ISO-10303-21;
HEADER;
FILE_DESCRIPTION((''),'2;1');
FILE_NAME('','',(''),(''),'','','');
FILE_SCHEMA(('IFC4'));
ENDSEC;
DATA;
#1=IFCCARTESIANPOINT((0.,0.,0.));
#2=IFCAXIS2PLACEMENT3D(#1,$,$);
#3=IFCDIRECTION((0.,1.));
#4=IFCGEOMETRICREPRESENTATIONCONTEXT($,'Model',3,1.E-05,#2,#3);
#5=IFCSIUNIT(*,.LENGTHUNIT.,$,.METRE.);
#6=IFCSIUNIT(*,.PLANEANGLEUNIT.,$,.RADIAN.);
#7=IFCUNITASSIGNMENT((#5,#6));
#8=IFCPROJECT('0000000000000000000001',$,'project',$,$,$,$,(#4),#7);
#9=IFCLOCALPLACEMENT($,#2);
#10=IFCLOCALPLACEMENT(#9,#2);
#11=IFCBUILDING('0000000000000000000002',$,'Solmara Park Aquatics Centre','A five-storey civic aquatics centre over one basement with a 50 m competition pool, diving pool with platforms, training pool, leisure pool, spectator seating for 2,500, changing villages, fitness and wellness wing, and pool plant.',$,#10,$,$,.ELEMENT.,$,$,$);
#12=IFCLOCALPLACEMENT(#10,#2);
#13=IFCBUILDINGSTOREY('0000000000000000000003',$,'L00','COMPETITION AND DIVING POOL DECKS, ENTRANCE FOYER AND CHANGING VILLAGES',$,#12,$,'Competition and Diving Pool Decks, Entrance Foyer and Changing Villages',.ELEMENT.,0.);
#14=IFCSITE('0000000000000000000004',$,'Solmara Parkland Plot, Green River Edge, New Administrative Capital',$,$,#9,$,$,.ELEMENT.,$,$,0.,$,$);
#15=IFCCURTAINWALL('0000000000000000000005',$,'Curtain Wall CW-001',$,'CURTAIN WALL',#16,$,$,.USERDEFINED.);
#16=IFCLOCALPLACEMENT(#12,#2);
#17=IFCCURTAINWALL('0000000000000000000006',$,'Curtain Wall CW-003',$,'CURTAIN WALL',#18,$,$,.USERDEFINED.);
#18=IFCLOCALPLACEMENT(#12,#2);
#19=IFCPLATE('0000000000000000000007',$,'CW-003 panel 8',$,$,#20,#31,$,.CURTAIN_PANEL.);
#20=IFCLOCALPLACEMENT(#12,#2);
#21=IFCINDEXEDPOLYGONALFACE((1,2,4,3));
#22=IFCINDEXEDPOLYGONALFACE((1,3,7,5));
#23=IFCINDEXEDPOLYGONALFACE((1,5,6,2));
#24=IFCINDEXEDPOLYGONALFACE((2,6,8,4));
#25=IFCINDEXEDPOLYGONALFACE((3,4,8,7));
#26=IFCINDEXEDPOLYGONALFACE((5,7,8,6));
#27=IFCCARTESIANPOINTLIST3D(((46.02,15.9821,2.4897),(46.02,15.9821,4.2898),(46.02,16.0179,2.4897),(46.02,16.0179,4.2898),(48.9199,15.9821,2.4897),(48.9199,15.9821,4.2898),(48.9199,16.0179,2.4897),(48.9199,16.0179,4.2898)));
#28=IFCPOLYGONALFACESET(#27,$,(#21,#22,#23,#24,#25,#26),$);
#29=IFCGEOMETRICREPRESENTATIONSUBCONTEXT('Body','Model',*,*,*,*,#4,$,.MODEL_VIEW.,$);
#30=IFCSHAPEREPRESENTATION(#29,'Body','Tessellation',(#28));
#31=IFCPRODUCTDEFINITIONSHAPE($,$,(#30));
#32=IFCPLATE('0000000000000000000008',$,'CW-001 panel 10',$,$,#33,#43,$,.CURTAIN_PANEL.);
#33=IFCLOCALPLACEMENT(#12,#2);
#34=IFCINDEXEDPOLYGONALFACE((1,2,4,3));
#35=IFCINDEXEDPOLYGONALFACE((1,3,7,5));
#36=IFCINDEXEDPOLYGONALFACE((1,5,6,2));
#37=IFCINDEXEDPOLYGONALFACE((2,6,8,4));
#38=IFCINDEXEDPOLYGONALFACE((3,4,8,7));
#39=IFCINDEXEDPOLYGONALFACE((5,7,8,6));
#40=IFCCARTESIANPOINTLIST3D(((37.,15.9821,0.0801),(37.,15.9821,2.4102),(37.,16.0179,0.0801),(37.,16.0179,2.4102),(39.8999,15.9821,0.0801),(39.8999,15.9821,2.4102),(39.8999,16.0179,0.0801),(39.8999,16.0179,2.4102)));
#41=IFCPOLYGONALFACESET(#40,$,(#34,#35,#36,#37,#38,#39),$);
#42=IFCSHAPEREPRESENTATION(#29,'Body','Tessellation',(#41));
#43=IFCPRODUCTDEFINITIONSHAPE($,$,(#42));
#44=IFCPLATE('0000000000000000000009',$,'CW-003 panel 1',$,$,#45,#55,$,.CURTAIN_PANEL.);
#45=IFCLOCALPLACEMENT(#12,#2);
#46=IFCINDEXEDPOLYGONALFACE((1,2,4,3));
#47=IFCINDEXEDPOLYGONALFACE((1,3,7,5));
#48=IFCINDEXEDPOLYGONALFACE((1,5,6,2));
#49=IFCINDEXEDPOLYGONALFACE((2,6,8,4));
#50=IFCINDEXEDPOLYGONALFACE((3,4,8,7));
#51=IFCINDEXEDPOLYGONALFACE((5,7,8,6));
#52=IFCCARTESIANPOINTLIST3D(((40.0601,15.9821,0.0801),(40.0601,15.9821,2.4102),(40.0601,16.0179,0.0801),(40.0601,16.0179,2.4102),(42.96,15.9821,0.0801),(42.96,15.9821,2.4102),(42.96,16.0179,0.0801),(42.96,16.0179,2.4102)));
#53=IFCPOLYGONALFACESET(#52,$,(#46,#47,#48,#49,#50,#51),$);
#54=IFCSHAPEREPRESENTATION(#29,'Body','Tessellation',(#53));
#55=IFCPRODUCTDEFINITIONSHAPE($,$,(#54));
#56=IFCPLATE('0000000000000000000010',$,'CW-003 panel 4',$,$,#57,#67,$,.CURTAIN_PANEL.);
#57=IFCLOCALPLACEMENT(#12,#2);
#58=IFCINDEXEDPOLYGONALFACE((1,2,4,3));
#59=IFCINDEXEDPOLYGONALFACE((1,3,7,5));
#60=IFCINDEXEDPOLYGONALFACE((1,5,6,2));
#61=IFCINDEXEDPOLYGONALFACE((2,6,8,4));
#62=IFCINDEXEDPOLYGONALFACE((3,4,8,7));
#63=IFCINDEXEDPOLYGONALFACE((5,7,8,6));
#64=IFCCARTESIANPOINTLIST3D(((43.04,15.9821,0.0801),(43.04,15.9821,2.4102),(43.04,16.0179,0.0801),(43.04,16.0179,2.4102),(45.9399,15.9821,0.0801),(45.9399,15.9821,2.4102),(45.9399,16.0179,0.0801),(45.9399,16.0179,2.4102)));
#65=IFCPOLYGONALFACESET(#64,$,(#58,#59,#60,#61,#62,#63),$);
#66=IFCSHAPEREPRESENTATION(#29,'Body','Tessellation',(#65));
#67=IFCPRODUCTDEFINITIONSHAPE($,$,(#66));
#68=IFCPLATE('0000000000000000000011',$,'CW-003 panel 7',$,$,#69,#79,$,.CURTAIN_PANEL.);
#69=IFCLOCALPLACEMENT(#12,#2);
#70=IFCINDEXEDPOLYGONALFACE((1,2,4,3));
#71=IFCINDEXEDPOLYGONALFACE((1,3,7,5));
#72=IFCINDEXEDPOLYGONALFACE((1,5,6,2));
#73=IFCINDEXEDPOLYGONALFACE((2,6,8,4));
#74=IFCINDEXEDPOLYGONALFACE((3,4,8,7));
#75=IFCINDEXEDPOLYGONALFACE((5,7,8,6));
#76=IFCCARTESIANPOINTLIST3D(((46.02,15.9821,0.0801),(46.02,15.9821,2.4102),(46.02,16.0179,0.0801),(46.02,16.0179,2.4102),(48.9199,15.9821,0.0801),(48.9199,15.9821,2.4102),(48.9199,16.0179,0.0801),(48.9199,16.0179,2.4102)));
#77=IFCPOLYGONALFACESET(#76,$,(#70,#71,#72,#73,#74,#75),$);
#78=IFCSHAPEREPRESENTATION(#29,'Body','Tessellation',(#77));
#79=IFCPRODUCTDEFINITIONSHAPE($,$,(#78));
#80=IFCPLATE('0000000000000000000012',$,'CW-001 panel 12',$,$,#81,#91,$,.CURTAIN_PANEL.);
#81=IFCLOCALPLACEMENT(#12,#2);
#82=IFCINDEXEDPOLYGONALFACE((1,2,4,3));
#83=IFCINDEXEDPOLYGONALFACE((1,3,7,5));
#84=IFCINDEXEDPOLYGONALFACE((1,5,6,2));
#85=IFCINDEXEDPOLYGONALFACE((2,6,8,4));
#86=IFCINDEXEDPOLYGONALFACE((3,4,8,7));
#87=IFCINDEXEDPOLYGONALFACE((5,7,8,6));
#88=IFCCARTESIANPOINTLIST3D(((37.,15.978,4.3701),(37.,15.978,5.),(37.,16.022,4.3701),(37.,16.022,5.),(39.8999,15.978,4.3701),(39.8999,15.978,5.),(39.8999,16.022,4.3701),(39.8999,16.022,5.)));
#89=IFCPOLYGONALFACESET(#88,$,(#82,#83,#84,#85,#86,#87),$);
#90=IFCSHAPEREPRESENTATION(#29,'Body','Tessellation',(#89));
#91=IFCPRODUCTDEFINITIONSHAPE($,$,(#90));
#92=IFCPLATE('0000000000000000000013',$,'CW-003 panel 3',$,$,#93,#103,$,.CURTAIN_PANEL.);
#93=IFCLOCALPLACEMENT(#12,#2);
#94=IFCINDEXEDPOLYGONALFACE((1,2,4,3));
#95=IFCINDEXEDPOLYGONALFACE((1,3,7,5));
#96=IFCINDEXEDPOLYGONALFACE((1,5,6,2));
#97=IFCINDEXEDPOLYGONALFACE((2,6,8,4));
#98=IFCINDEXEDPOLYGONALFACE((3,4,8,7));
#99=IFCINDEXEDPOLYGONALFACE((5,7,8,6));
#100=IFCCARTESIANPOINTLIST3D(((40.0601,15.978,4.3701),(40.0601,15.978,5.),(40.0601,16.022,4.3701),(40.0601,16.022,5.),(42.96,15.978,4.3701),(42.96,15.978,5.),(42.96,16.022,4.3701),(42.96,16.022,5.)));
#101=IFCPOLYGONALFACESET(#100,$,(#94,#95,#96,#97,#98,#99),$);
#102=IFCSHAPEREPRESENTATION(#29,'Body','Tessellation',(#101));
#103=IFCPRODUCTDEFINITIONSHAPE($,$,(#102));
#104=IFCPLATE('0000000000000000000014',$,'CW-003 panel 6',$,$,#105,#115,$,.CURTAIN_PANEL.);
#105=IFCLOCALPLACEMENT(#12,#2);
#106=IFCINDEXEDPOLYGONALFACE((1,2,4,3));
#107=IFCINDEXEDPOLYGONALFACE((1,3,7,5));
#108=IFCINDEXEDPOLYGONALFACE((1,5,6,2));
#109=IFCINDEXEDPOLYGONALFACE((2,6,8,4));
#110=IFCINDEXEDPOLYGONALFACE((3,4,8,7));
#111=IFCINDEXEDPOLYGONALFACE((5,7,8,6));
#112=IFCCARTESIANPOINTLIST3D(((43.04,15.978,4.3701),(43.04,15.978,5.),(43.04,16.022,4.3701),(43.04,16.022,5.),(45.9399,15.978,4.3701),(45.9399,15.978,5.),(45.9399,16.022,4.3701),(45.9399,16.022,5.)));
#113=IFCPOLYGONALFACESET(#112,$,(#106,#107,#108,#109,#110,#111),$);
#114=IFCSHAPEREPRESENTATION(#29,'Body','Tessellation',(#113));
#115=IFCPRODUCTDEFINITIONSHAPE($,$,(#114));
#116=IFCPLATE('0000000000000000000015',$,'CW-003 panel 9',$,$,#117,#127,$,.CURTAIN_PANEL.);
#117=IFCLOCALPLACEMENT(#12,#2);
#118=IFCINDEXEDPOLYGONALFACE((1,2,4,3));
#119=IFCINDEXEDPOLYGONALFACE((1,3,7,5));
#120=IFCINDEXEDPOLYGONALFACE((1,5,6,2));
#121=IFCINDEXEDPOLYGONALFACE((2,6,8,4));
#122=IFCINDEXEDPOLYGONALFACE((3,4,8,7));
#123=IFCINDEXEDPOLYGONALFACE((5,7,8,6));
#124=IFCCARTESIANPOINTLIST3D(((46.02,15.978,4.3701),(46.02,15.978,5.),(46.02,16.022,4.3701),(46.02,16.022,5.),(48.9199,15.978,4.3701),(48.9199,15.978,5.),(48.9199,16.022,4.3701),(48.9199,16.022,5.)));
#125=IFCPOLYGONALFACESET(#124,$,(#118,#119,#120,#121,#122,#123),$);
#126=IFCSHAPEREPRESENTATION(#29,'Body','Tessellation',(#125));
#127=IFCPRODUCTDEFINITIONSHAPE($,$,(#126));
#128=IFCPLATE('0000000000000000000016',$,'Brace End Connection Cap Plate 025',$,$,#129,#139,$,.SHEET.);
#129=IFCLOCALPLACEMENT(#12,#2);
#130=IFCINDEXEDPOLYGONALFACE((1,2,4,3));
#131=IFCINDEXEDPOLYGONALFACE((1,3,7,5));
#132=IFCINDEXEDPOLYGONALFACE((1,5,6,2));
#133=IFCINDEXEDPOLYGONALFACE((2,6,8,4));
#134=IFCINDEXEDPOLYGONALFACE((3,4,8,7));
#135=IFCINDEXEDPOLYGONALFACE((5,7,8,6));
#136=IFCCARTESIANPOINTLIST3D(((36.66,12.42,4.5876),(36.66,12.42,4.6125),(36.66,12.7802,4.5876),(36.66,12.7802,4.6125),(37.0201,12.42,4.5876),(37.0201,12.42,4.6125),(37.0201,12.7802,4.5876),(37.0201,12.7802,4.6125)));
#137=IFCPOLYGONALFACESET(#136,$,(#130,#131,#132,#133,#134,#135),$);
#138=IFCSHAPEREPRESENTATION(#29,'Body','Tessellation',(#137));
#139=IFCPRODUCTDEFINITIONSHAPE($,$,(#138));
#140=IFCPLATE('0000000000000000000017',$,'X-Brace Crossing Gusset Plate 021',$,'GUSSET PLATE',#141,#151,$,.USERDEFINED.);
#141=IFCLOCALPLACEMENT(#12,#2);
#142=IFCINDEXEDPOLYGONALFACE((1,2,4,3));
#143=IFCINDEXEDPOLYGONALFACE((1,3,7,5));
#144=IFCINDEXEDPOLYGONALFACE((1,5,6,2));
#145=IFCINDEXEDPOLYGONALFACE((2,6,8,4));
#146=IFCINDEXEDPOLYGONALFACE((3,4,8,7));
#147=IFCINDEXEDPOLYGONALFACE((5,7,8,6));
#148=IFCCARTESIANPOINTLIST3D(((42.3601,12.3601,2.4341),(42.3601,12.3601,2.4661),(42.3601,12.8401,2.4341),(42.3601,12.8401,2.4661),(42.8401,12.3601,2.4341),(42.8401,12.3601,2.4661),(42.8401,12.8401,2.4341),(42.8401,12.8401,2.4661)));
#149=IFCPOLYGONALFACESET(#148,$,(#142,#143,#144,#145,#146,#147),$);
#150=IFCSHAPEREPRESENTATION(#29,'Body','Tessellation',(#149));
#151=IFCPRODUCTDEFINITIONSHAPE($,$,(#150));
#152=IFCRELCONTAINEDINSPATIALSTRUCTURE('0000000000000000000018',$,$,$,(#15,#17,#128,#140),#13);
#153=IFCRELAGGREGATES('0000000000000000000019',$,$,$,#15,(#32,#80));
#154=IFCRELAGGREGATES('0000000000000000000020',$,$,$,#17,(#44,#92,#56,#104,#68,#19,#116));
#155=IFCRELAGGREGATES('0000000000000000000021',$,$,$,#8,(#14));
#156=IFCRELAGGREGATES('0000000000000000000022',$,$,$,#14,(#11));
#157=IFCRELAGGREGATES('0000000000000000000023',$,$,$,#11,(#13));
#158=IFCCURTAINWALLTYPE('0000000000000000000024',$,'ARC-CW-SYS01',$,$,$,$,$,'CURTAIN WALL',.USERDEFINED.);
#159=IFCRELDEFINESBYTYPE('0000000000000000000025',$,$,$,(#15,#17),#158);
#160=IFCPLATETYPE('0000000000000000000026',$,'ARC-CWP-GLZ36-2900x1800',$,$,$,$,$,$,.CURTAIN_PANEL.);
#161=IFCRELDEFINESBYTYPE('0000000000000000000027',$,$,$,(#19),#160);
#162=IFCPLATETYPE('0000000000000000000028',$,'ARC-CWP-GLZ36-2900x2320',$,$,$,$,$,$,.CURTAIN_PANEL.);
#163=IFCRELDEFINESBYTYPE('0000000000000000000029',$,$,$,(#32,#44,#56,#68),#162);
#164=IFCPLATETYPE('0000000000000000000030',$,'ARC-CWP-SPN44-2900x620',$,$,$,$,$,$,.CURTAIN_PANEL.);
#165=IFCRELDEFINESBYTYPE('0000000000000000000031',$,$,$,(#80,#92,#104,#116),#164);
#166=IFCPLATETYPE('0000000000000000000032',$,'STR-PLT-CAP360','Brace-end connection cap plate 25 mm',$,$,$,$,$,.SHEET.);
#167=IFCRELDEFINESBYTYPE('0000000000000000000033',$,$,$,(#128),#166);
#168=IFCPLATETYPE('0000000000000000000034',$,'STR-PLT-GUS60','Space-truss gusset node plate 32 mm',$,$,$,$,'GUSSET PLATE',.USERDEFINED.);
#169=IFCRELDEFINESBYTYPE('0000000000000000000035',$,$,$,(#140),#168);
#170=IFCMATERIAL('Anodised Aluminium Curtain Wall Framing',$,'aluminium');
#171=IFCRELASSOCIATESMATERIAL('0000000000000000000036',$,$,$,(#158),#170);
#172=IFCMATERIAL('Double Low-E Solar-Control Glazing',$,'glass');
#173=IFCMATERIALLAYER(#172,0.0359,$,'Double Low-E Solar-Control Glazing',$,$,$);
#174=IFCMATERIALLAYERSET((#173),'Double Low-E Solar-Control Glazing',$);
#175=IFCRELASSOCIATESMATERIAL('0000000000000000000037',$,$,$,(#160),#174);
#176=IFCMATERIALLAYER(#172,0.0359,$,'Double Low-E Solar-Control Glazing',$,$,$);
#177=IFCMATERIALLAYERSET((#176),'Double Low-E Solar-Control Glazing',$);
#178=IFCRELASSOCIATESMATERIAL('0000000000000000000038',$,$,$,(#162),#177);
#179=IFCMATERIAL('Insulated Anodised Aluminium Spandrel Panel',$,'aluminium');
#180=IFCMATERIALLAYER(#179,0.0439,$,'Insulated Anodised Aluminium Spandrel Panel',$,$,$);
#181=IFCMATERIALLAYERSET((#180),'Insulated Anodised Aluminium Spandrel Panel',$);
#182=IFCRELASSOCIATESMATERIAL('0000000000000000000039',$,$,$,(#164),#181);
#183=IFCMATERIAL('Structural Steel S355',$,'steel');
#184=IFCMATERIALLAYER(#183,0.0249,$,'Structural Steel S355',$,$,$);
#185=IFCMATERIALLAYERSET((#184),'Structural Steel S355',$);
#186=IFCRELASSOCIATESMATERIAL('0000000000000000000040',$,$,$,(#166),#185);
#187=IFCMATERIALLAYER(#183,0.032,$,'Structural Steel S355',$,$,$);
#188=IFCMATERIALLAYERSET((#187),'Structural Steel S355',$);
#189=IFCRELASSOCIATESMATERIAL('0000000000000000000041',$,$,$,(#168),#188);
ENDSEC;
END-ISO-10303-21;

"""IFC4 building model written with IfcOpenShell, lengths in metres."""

from ifc_helpers import new_model, si_unit, direction, frame, origin, origin_2d, place, context, subcontext, project, spatial, rectangle, extrude, material, layer, layer_set, type_object, element, aggregate, save


model = new_model("IFC4")

# Units and contexts
model_context = context("Model", 3, precision=1e-05, world=origin(), true_north=direction((0.0, 1.0)))
body_context = subcontext(model_context, "Body", "Model", "MODEL_VIEW")
ifc_project = project(units=[si_unit("LENGTHUNIT", "METRE"), si_unit("PLANEANGLEUNIT", "RADIAN")], contexts=[model_context])

# Site, building, storey
site_placement = place(None, origin())
site = spatial("IfcSite", under=ifc_project, at=site_placement, Name="Solmara Parkland Plot, Green River Edge, New Administrative Capital", CompositionType="ELEMENT", RefElevation=0.0)
building_placement = place(site_placement, origin())
building = spatial("IfcBuilding", under=site, at=building_placement, Name="Solmara Park Aquatics Centre", Description="A five-storey civic aquatics centre over one basement with a 50 m competition pool, diving pool with platforms, training pool, leisure pool, spectator seating for 2,500, changing villages, fitness and wellness wing, and pool plant.", CompositionType="ELEMENT")
storey_placement = place(building_placement, origin())
storey = spatial("IfcBuildingStorey", under=building, at=storey_placement, Name="L00", Description="COMPETITION AND DIVING POOL DECKS, ENTRANCE FOYER AND CHANGING VILLAGES", LongName="Competition and Diving Pool Decks, Entrance Foyer and Changing Villages", CompositionType="ELEMENT", Elevation=0.0)

# Curtain walls
ifc_material_1 = material(Name="Anodised Aluminium Curtain Wall Framing", Category="aluminium")
curtain_wall_type = type_object("IfcCurtainWallType", Name="ARC-CW-SYS01", ElementType="CURTAIN WALL", PredefinedType="USERDEFINED", material=ifc_material_1)
curtain_wall_1_placement = place(storey_placement, origin())
curtain_wall_1 = element("IfcCurtainWall", 1, at=curtain_wall_1_placement, inside=storey, type_object=curtain_wall_type, Name="Curtain Wall CW-001", ObjectType="CURTAIN WALL", PredefinedType="USERDEFINED")
curtain_wall_2_placement = place(storey_placement, origin())
curtain_wall_2 = element("IfcCurtainWall", 2, at=curtain_wall_2_placement, inside=storey, type_object=curtain_wall_type, Name="Curtain Wall CW-003", ObjectType="CURTAIN WALL", PredefinedType="USERDEFINED")

# Shared definitions
ifc_material_2 = material(Name="Structural Steel S355", Category="steel")

# Plates
ifc_material_3 = material(Name="Double Low-E Solar-Control Glazing", Category="glass")
ifc_layer_1 = layer(ifc_material_3, 0.0359, Name="Double Low-E Solar-Control Glazing")
ifc_layer_set_1 = layer_set([ifc_layer_1], Name="Double Low-E Solar-Control Glazing")
plate_type_1 = type_object("IfcPlateType", Name="ARC-CWP-GLZ36-2900x1800", PredefinedType="CURTAIN_PANEL", material=ifc_layer_set_1)
plate_1_placement = place(storey_placement, frame((47.47, 16.0, 2.4897), z_axis=(0.0, 0.0, 1.0), x_axis=(1.0, 0.0, 0.0)))
plate_1 = element("IfcPlate", 3, at=plate_1_placement, type_object=plate_type_1, Name="CW-003 panel 8", PredefinedType="CURTAIN_PANEL", context=body_context, shape_type="SweptSolid", body=[
    extrude(rectangle(XDim=2.8999, YDim=0.0359, at=origin_2d()), origin(), (0.0, 0.0, 1.0), 1.8),
])
ifc_layer_2 = layer(ifc_material_3, 0.0359, Name="Double Low-E Solar-Control Glazing")
ifc_layer_set_2 = layer_set([ifc_layer_2], Name="Double Low-E Solar-Control Glazing")
plate_type_2 = type_object("IfcPlateType", Name="ARC-CWP-GLZ36-2900x2320", PredefinedType="CURTAIN_PANEL", material=ifc_layer_set_2)
plate_2_placement = place(storey_placement, frame((38.45, 16.0, 0.0801), z_axis=(0.0, 0.0, 1.0), x_axis=(1.0, 0.0, 0.0)))
plate_2 = element("IfcPlate", 4, at=plate_2_placement, type_object=plate_type_2, Name="CW-001 panel 10", PredefinedType="CURTAIN_PANEL", context=body_context, shape_type="SweptSolid", body=[
    extrude(rectangle(XDim=2.8999, YDim=0.0359, at=origin_2d()), origin(), (0.0, 0.0, 1.0), 2.3301),
])
plate_3_placement = place(storey_placement, frame((41.51, 16.0, 0.0801), z_axis=(0.0, 0.0, 1.0), x_axis=(1.0, 0.0, 0.0)))
plate_3 = element("IfcPlate", 5, at=plate_3_placement, type_object=plate_type_2, Name="CW-003 panel 1", PredefinedType="CURTAIN_PANEL", context=body_context, shape_type="SweptSolid", body=[
    extrude(rectangle(XDim=2.8999, YDim=0.0359, at=origin_2d()), origin(), (0.0, 0.0, 1.0), 2.3301),
])
plate_4_placement = place(storey_placement, frame((44.49, 16.0, 0.0801), z_axis=(0.0, 0.0, 1.0), x_axis=(1.0, 0.0, 0.0)))
plate_4 = element("IfcPlate", 6, at=plate_4_placement, type_object=plate_type_2, Name="CW-003 panel 4", PredefinedType="CURTAIN_PANEL", context=body_context, shape_type="SweptSolid", body=[
    extrude(rectangle(XDim=2.8999, YDim=0.0359, at=origin_2d()), origin(), (0.0, 0.0, 1.0), 2.3301),
])
plate_5_placement = place(storey_placement, frame((47.47, 16.0, 0.0801), z_axis=(0.0, 0.0, 1.0), x_axis=(1.0, 0.0, 0.0)))
plate_5 = element("IfcPlate", 7, at=plate_5_placement, type_object=plate_type_2, Name="CW-003 panel 7", PredefinedType="CURTAIN_PANEL", context=body_context, shape_type="SweptSolid", body=[
    extrude(rectangle(XDim=2.8999, YDim=0.0359, at=origin_2d()), origin(), (0.0, 0.0, 1.0), 2.3301),
])
ifc_material_4 = material(Name="Insulated Anodised Aluminium Spandrel Panel", Category="aluminium")
ifc_layer_3 = layer(ifc_material_4, 0.0439, Name="Insulated Anodised Aluminium Spandrel Panel")
ifc_layer_set_3 = layer_set([ifc_layer_3], Name="Insulated Anodised Aluminium Spandrel Panel")
plate_type_3 = type_object("IfcPlateType", Name="ARC-CWP-SPN44-2900x620", PredefinedType="CURTAIN_PANEL", material=ifc_layer_set_3)
plate_6_placement = place(storey_placement, frame((38.45, 16.0, 4.3701), z_axis=(0.0, 0.0, 1.0), x_axis=(1.0, 0.0, 0.0)))
plate_6 = element("IfcPlate", 8, at=plate_6_placement, type_object=plate_type_3, Name="CW-001 panel 12", PredefinedType="CURTAIN_PANEL", context=body_context, shape_type="SweptSolid", body=[
    extrude(rectangle(XDim=2.8999, YDim=0.0439, at=origin_2d()), origin(), (0.0, 0.0, 1.0), 0.6299),
])
aggregate(curtain_wall_1, [plate_2, plate_6])
plate_7_placement = place(storey_placement, frame((41.51, 16.0, 4.3701), z_axis=(0.0, 0.0, 1.0), x_axis=(1.0, 0.0, 0.0)))
plate_7 = element("IfcPlate", 9, at=plate_7_placement, type_object=plate_type_3, Name="CW-003 panel 3", PredefinedType="CURTAIN_PANEL", context=body_context, shape_type="SweptSolid", body=[
    extrude(rectangle(XDim=2.8999, YDim=0.0439, at=origin_2d()), origin(), (0.0, 0.0, 1.0), 0.6299),
])
plate_8_placement = place(storey_placement, frame((44.49, 16.0, 4.3701), z_axis=(0.0, 0.0, 1.0), x_axis=(1.0, 0.0, 0.0)))
plate_8 = element("IfcPlate", 10, at=plate_8_placement, type_object=plate_type_3, Name="CW-003 panel 6", PredefinedType="CURTAIN_PANEL", context=body_context, shape_type="SweptSolid", body=[
    extrude(rectangle(XDim=2.8999, YDim=0.0439, at=origin_2d()), origin(), (0.0, 0.0, 1.0), 0.6299),
])
plate_9_placement = place(storey_placement, frame((47.47, 16.0, 4.3701), z_axis=(0.0, 0.0, 1.0), x_axis=(1.0, 0.0, 0.0)))
plate_9 = element("IfcPlate", 11, at=plate_9_placement, type_object=plate_type_3, Name="CW-003 panel 9", PredefinedType="CURTAIN_PANEL", context=body_context, shape_type="SweptSolid", body=[
    extrude(rectangle(XDim=2.8999, YDim=0.0439, at=origin_2d()), origin(), (0.0, 0.0, 1.0), 0.6299),
])
aggregate(curtain_wall_2, [plate_3, plate_7, plate_4, plate_8, plate_5, plate_1, plate_9])

# Plates
ifc_layer_4 = layer(ifc_material_2, 0.0249, Name="Structural Steel S355")
ifc_layer_set_4 = layer_set([ifc_layer_4], Name="Structural Steel S355")
plate_type_4 = type_object("IfcPlateType", Name="STR-PLT-CAP360", Description="Brace-end connection cap plate 25 mm", PredefinedType="SHEET", material=ifc_layer_set_4)
plate_10_placement = place(storey_placement, frame((36.8401, 12.6001, 4.5876), z_axis=(0.0, 0.0, 1.0), x_axis=(1.0, 0.0, 0.0)))
element("IfcPlate", 12, at=plate_10_placement, inside=storey, type_object=plate_type_4, Name="Brace End Connection Cap Plate 025", PredefinedType="SHEET", context=body_context, shape_type="SweptSolid", body=[
    extrude(rectangle(XDim=0.3601, YDim=0.3601, at=origin_2d()), origin(), (0.0, 0.0, 1.0), 0.0249),
])
ifc_layer_5 = layer(ifc_material_2, 0.032, Name="Structural Steel S355")
ifc_layer_set_5 = layer_set([ifc_layer_5], Name="Structural Steel S355")
plate_type_5 = type_object("IfcPlateType", Name="STR-PLT-GUS60", Description="Space-truss gusset node plate 32 mm", ElementType="GUSSET PLATE", PredefinedType="USERDEFINED", material=ifc_layer_set_5)
plate_11_placement = place(storey_placement, frame((42.6001, 12.6001, 2.4341), z_axis=(0.0, 0.0, 1.0), x_axis=(1.0, 0.0, 0.0)))
element("IfcPlate", 13, at=plate_11_placement, inside=storey, type_object=plate_type_5, Name="X-Brace Crossing Gusset Plate 021", ObjectType="GUSSET PLATE", PredefinedType="USERDEFINED", context=body_context, shape_type="SweptSolid", body=[
    extrude(rectangle(XDim=0.48, YDim=0.48, at=origin_2d()), origin(), (0.0, 0.0, 1.0), 0.032),
])

save(model, "model.ifc")
